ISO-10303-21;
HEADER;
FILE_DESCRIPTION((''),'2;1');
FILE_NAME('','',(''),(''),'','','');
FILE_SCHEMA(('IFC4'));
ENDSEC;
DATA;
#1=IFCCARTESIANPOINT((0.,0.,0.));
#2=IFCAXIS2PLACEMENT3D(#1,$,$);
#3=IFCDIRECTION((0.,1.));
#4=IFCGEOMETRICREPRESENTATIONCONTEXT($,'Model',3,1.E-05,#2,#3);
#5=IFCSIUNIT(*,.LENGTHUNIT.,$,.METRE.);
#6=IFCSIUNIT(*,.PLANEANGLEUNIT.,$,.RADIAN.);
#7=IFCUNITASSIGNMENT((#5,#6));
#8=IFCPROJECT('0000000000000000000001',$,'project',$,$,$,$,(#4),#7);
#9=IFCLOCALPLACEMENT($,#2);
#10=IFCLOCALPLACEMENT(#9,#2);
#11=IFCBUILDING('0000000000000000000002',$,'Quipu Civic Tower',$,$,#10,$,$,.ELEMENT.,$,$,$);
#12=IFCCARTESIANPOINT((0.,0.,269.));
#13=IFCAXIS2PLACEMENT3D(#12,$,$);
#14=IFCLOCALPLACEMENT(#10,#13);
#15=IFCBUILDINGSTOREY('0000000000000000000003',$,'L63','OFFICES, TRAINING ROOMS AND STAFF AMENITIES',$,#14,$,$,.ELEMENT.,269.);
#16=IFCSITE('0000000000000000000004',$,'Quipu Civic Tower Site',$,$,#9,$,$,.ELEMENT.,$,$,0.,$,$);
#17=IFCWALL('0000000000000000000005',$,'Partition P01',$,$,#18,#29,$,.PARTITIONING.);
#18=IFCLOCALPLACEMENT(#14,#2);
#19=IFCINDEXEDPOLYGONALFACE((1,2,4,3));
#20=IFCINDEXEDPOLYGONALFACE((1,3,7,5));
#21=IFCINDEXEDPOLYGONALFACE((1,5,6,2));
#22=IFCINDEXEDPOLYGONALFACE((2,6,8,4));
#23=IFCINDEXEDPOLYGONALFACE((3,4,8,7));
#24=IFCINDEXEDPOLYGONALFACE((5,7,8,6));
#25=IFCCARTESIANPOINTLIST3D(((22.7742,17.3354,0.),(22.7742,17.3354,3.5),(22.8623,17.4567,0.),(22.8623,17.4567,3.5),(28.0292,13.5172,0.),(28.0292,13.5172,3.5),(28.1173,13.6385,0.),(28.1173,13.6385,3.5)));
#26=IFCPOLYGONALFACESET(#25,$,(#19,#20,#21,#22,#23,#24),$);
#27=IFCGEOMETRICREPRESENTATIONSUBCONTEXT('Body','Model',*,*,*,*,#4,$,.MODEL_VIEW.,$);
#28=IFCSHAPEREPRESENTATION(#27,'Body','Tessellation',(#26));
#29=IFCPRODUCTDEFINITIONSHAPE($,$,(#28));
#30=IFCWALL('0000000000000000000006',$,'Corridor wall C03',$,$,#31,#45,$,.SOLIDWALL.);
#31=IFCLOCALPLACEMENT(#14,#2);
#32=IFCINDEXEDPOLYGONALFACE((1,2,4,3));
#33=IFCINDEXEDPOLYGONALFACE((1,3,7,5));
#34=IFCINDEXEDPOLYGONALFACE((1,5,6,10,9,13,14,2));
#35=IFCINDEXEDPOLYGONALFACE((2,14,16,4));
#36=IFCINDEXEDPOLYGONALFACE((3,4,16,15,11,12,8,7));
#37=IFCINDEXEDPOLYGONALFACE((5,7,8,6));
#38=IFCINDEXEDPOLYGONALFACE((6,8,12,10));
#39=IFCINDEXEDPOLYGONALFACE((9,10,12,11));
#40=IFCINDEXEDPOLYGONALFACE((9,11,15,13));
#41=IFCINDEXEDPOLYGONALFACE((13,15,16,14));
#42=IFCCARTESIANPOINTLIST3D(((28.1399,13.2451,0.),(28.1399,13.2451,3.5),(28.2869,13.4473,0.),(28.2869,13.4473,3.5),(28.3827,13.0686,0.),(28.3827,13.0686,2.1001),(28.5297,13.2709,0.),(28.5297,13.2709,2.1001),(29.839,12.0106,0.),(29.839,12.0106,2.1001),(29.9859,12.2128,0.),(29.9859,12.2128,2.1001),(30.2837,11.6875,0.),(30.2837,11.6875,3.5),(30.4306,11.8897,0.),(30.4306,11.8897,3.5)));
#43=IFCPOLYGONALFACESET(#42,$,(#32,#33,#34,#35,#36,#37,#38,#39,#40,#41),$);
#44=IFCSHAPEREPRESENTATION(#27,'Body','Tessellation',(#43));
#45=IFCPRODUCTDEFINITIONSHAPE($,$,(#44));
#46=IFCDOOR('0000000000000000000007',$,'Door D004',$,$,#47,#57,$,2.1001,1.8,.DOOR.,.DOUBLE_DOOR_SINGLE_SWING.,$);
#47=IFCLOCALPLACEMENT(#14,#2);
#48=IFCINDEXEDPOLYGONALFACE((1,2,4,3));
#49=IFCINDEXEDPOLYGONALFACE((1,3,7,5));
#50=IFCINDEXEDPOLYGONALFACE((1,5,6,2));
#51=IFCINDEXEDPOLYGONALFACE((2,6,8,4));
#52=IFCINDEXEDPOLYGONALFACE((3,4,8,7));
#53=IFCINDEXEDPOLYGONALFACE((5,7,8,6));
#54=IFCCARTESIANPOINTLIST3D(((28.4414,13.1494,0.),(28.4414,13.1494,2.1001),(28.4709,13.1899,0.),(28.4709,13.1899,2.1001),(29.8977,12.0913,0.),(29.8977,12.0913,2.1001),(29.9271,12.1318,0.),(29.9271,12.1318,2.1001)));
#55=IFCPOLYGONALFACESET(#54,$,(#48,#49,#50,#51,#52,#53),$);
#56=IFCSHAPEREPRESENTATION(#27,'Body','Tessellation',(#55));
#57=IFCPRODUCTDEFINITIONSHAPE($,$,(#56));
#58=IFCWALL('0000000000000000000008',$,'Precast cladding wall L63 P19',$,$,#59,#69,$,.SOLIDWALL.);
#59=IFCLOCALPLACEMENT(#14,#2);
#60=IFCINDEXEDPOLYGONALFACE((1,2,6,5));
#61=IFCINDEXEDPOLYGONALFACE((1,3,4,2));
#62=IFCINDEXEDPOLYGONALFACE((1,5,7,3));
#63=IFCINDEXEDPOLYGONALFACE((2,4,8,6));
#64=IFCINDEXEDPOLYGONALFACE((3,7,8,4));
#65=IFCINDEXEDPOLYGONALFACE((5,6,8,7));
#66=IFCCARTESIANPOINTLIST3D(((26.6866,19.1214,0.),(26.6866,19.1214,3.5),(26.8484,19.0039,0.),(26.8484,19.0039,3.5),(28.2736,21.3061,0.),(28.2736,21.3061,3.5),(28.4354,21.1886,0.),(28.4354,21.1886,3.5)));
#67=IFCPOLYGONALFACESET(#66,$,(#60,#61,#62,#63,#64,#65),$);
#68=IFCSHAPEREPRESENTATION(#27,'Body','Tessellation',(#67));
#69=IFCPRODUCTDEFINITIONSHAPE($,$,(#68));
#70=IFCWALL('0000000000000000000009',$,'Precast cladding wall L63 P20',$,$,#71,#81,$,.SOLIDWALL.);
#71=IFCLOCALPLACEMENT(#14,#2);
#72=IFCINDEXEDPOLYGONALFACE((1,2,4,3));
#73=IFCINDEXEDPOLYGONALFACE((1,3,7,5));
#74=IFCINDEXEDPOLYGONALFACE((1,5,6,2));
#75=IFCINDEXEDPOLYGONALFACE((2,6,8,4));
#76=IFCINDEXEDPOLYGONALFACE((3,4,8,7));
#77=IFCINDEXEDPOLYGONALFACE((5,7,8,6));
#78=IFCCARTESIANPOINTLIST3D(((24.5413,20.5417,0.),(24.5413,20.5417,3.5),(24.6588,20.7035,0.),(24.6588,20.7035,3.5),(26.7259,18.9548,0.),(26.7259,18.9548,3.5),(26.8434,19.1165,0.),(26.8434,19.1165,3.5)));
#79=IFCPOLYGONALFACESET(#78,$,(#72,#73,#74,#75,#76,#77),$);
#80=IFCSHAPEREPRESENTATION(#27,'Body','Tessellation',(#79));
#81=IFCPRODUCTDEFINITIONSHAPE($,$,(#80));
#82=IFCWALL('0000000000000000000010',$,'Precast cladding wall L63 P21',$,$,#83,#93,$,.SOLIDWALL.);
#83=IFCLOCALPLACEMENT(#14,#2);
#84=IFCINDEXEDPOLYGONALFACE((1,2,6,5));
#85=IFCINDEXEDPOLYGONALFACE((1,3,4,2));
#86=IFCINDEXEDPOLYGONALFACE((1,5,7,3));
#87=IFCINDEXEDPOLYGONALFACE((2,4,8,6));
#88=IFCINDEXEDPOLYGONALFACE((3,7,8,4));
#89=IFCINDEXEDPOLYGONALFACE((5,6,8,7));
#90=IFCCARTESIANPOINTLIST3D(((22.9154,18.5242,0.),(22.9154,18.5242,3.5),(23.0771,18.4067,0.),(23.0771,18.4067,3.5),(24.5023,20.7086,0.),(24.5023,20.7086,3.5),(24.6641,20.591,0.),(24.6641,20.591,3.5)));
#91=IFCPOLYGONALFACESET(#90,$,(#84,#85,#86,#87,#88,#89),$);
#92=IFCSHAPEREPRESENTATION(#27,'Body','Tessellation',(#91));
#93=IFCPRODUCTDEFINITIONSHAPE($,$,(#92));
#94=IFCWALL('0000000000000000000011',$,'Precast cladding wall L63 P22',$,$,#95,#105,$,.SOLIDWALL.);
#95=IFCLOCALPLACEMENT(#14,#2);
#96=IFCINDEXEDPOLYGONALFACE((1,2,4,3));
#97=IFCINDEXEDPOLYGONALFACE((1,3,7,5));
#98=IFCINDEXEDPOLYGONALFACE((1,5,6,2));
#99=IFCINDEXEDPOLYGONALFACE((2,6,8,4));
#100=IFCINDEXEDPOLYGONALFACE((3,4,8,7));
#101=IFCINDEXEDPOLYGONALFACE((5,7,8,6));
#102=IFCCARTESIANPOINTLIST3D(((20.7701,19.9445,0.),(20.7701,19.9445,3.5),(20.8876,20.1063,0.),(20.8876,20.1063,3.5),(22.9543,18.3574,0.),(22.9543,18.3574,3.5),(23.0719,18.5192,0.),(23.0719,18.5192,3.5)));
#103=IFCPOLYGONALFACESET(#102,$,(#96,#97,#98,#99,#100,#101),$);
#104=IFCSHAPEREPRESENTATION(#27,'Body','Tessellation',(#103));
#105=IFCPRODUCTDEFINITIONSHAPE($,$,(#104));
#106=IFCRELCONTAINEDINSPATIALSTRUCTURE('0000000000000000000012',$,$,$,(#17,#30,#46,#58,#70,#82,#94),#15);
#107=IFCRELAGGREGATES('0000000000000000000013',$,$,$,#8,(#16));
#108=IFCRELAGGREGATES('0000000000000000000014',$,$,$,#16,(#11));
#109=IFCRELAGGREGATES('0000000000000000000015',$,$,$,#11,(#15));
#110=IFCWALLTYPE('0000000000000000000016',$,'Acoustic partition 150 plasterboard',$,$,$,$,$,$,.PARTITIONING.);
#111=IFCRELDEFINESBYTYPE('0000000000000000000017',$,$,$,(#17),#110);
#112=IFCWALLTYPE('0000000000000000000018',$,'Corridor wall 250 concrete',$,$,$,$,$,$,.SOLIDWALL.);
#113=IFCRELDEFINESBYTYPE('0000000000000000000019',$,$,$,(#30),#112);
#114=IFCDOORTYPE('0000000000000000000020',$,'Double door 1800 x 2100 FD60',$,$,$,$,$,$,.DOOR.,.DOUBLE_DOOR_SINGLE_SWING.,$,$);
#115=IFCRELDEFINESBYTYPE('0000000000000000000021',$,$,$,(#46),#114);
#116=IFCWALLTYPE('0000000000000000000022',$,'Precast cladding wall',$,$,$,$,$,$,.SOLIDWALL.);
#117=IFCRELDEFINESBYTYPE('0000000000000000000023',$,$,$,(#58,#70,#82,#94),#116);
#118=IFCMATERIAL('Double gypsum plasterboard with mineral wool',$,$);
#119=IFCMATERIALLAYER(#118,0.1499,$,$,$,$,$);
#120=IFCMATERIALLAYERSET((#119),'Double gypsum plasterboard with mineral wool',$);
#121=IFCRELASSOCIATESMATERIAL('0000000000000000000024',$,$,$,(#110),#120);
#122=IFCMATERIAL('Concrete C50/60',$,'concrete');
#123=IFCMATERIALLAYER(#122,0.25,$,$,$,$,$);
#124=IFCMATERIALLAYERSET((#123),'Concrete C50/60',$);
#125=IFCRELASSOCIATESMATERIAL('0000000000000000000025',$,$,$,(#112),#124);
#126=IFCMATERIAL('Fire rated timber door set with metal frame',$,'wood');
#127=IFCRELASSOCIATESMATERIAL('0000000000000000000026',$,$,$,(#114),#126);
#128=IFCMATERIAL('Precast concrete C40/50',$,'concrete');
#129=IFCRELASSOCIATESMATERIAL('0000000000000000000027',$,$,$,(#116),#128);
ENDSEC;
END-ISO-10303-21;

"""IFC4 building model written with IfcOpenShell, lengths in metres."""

from ifc_helpers import new_model, si_unit, direction, frame, frame_2d, origin, place, context, subcontext, project, spatial, rectangle, extrude, material, layer, layer_set, type_object, element, fill, save


model = new_model("IFC4")

# Units and contexts
model_context = context("Model", 3, precision=1e-05, world=origin(), true_north=direction((0.0, 1.0)))
body_context = subcontext(model_context, "Body", "Model", "MODEL_VIEW")
ifc_project = project(units=[si_unit("LENGTHUNIT", "METRE"), si_unit("PLANEANGLEUNIT", "RADIAN")], contexts=[model_context])

# Site, building, storey
site_placement = place(None, origin())
site = spatial("IfcSite", under=ifc_project, at=site_placement, Name="Quipu Civic Tower Site", CompositionType="ELEMENT", RefElevation=0.0)
building_placement = place(site_placement, origin())
building = spatial("IfcBuilding", under=site, at=building_placement, Name="Quipu Civic Tower", CompositionType="ELEMENT")
storey_placement = place(building_placement, frame((0.0, 0.0, 269.0)))
storey = spatial("IfcBuildingStorey", under=building, at=storey_placement, Name="L63", Description="OFFICES, TRAINING ROOMS AND STAFF AMENITIES", CompositionType="ELEMENT", Elevation=269.0)

# Wall
ifc_material_1 = material(Name="Double gypsum plasterboard with mineral wool")
ifc_layer_1 = layer(ifc_material_1, 0.1499)
ifc_layer_set_1 = layer_set([ifc_layer_1], Name="Double gypsum plasterboard with mineral wool")
wall_type_1 = type_object("IfcWallType", Name="Acoustic partition 150 plasterboard", PredefinedType="PARTITIONING", material=ifc_layer_set_1)
wall_1_placement = place(storey_placement, frame((28.0732, 13.5779, 0.0), z_axis=(0.0, 0.0, 1.0), x_axis=(-0.809001, 0.587807, 0.0)))
element("IfcWall", 1, at=wall_1_placement, inside=storey, type_object=wall_type_1, Name="Partition P01", PredefinedType="PARTITIONING", context=body_context, shape_type="SweptSolid", body=[
    extrude(rectangle(XDim=6.4956, YDim=0.1499, at=frame_2d((3.2478, 0.0))), origin(), (0.0, 0.0, 1.0), 3.5),
])

# Wall, opening, door
ifc_material_2 = material(Name="Concrete C50/60", Category="concrete")
ifc_layer_2 = layer(ifc_material_2, 0.25)
ifc_layer_set_2 = layer_set([ifc_layer_2], Name="Concrete C50/60")
wall_type_2 = type_object("IfcWallType", Name="Corridor wall 250 concrete", PredefinedType="SOLIDWALL", material=ifc_layer_set_2)
wall_2_placement = place(storey_placement, frame((28.2134, 13.3462, 0.0), z_axis=(0.0, 0.0, 1.0), x_axis=(0.809007, -0.587799, 0.0)))
wall_2 = element("IfcWall", 2, at=wall_2_placement, inside=storey, type_object=wall_type_2, Name="Corridor wall C03", PredefinedType="SOLIDWALL", context=body_context, shape_type="SweptSolid", body=[
    extrude(rectangle(XDim=2.6499, YDim=0.25, at=frame_2d((1.325, 0.0))), origin(), (0.0, 0.0, 1.0), 3.5),
])
opening_placement = place(wall_2_placement, frame((0.3003, 0.0, 0.0)))
opening = element("IfcOpeningElement", 3, at=opening_placement, cuts=wall_2, PredefinedType="OPENING", context=body_context, shape_type="SweptSolid", body=[
    extrude(rectangle(XDim=1.8, YDim=2.1001, at=frame_2d((0.8999, 1.05))), frame((0.0, 0.135, 0.0), z_axis=(0.0, -1.0, 0.0), x_axis=(1.0, 0.0, 0.0)), (0.0, 0.0, 1.0), 0.27),
])
ifc_material_3 = material(Name="Fire rated timber door set with metal frame", Category="wood")
door_type = type_object("IfcDoorType", Name="Double door 1800 x 2100 FD60", OperationType="DOUBLE_DOOR_SINGLE_SWING", PredefinedType="DOOR", material=ifc_material_3)
door_placement = place(opening_placement, origin())
door = element("IfcDoor", 4, at=door_placement, inside=storey, type_object=door_type, Name="Door D004", OperationType="DOUBLE_DOOR_SINGLE_SWING", OverallHeight=2.1001, OverallWidth=1.8, PredefinedType="DOOR", context=body_context, shape_type="SweptSolid", body=[
    extrude(rectangle(XDim=1.8, YDim=2.1001, at=frame_2d((0.8999, 1.05))), frame((0.0, 0.0249, 0.0), z_axis=(0.0, -1.0, 0.0), x_axis=(1.0, 0.0, 0.0)), (0.0, 0.0, 1.0), 0.05),
])
fill(opening, door)

# Walls
ifc_material_4 = material(Name="Precast concrete C40/50", Category="concrete")
wall_type_3 = type_object("IfcWallType", Name="Precast cladding wall", PredefinedType="SOLIDWALL", material=ifc_material_4)
for number, where, z_axis, x_axis, name in (
    (5, (28.3545, 21.2473, 0.0), (0.0, 0.0, 1.0), (-0.58772, -0.809064, 0.0), "Precast cladding wall L63 P19"),
    (6, (26.7847, 19.0356, 0.0), (0.0, 0.0, 1.0), (-0.809064, 0.58772, 0.0), "Precast cladding wall L63 P20"),
):
    element("IfcWall", number, at=place(storey_placement, frame(where, z_axis=z_axis, x_axis=x_axis)), inside=storey, type_object=wall_type_3, Name=name, PredefinedType="SOLIDWALL", context=body_context, shape_type="SweptSolid", body=[
        extrude(rectangle(XDim=2.7002, YDim=0.2, at=frame_2d((1.3501, 0.0))), origin(), (0.0, 0.0, 1.0), 3.5),
    ])
for number, where, z_axis, x_axis, name in (
    (7, (24.5833, 20.6499, 0.0), (0.0, 0.0, 1.0), (-0.587763, -0.809033, 0.0), "Precast cladding wall L63 P21"),
    (8, (23.0132, 18.4382, 0.0), (0.0, 0.0, 1.0), (-0.80899, 0.587822, 0.0), "Precast cladding wall L63 P22"),
):
    element("IfcWall", number, at=place(storey_placement, frame(where, z_axis=z_axis, x_axis=x_axis)), inside=storey, type_object=wall_type_3, Name=name, PredefinedType="SOLIDWALL", context=body_context, shape_type="SweptSolid", body=[
        extrude(rectangle(XDim=2.7, YDim=0.2, at=frame_2d((1.3501, 0.0))), origin(), (0.0, 0.0, 1.0), 3.5),
    ])

save(model, "model.ifc")
